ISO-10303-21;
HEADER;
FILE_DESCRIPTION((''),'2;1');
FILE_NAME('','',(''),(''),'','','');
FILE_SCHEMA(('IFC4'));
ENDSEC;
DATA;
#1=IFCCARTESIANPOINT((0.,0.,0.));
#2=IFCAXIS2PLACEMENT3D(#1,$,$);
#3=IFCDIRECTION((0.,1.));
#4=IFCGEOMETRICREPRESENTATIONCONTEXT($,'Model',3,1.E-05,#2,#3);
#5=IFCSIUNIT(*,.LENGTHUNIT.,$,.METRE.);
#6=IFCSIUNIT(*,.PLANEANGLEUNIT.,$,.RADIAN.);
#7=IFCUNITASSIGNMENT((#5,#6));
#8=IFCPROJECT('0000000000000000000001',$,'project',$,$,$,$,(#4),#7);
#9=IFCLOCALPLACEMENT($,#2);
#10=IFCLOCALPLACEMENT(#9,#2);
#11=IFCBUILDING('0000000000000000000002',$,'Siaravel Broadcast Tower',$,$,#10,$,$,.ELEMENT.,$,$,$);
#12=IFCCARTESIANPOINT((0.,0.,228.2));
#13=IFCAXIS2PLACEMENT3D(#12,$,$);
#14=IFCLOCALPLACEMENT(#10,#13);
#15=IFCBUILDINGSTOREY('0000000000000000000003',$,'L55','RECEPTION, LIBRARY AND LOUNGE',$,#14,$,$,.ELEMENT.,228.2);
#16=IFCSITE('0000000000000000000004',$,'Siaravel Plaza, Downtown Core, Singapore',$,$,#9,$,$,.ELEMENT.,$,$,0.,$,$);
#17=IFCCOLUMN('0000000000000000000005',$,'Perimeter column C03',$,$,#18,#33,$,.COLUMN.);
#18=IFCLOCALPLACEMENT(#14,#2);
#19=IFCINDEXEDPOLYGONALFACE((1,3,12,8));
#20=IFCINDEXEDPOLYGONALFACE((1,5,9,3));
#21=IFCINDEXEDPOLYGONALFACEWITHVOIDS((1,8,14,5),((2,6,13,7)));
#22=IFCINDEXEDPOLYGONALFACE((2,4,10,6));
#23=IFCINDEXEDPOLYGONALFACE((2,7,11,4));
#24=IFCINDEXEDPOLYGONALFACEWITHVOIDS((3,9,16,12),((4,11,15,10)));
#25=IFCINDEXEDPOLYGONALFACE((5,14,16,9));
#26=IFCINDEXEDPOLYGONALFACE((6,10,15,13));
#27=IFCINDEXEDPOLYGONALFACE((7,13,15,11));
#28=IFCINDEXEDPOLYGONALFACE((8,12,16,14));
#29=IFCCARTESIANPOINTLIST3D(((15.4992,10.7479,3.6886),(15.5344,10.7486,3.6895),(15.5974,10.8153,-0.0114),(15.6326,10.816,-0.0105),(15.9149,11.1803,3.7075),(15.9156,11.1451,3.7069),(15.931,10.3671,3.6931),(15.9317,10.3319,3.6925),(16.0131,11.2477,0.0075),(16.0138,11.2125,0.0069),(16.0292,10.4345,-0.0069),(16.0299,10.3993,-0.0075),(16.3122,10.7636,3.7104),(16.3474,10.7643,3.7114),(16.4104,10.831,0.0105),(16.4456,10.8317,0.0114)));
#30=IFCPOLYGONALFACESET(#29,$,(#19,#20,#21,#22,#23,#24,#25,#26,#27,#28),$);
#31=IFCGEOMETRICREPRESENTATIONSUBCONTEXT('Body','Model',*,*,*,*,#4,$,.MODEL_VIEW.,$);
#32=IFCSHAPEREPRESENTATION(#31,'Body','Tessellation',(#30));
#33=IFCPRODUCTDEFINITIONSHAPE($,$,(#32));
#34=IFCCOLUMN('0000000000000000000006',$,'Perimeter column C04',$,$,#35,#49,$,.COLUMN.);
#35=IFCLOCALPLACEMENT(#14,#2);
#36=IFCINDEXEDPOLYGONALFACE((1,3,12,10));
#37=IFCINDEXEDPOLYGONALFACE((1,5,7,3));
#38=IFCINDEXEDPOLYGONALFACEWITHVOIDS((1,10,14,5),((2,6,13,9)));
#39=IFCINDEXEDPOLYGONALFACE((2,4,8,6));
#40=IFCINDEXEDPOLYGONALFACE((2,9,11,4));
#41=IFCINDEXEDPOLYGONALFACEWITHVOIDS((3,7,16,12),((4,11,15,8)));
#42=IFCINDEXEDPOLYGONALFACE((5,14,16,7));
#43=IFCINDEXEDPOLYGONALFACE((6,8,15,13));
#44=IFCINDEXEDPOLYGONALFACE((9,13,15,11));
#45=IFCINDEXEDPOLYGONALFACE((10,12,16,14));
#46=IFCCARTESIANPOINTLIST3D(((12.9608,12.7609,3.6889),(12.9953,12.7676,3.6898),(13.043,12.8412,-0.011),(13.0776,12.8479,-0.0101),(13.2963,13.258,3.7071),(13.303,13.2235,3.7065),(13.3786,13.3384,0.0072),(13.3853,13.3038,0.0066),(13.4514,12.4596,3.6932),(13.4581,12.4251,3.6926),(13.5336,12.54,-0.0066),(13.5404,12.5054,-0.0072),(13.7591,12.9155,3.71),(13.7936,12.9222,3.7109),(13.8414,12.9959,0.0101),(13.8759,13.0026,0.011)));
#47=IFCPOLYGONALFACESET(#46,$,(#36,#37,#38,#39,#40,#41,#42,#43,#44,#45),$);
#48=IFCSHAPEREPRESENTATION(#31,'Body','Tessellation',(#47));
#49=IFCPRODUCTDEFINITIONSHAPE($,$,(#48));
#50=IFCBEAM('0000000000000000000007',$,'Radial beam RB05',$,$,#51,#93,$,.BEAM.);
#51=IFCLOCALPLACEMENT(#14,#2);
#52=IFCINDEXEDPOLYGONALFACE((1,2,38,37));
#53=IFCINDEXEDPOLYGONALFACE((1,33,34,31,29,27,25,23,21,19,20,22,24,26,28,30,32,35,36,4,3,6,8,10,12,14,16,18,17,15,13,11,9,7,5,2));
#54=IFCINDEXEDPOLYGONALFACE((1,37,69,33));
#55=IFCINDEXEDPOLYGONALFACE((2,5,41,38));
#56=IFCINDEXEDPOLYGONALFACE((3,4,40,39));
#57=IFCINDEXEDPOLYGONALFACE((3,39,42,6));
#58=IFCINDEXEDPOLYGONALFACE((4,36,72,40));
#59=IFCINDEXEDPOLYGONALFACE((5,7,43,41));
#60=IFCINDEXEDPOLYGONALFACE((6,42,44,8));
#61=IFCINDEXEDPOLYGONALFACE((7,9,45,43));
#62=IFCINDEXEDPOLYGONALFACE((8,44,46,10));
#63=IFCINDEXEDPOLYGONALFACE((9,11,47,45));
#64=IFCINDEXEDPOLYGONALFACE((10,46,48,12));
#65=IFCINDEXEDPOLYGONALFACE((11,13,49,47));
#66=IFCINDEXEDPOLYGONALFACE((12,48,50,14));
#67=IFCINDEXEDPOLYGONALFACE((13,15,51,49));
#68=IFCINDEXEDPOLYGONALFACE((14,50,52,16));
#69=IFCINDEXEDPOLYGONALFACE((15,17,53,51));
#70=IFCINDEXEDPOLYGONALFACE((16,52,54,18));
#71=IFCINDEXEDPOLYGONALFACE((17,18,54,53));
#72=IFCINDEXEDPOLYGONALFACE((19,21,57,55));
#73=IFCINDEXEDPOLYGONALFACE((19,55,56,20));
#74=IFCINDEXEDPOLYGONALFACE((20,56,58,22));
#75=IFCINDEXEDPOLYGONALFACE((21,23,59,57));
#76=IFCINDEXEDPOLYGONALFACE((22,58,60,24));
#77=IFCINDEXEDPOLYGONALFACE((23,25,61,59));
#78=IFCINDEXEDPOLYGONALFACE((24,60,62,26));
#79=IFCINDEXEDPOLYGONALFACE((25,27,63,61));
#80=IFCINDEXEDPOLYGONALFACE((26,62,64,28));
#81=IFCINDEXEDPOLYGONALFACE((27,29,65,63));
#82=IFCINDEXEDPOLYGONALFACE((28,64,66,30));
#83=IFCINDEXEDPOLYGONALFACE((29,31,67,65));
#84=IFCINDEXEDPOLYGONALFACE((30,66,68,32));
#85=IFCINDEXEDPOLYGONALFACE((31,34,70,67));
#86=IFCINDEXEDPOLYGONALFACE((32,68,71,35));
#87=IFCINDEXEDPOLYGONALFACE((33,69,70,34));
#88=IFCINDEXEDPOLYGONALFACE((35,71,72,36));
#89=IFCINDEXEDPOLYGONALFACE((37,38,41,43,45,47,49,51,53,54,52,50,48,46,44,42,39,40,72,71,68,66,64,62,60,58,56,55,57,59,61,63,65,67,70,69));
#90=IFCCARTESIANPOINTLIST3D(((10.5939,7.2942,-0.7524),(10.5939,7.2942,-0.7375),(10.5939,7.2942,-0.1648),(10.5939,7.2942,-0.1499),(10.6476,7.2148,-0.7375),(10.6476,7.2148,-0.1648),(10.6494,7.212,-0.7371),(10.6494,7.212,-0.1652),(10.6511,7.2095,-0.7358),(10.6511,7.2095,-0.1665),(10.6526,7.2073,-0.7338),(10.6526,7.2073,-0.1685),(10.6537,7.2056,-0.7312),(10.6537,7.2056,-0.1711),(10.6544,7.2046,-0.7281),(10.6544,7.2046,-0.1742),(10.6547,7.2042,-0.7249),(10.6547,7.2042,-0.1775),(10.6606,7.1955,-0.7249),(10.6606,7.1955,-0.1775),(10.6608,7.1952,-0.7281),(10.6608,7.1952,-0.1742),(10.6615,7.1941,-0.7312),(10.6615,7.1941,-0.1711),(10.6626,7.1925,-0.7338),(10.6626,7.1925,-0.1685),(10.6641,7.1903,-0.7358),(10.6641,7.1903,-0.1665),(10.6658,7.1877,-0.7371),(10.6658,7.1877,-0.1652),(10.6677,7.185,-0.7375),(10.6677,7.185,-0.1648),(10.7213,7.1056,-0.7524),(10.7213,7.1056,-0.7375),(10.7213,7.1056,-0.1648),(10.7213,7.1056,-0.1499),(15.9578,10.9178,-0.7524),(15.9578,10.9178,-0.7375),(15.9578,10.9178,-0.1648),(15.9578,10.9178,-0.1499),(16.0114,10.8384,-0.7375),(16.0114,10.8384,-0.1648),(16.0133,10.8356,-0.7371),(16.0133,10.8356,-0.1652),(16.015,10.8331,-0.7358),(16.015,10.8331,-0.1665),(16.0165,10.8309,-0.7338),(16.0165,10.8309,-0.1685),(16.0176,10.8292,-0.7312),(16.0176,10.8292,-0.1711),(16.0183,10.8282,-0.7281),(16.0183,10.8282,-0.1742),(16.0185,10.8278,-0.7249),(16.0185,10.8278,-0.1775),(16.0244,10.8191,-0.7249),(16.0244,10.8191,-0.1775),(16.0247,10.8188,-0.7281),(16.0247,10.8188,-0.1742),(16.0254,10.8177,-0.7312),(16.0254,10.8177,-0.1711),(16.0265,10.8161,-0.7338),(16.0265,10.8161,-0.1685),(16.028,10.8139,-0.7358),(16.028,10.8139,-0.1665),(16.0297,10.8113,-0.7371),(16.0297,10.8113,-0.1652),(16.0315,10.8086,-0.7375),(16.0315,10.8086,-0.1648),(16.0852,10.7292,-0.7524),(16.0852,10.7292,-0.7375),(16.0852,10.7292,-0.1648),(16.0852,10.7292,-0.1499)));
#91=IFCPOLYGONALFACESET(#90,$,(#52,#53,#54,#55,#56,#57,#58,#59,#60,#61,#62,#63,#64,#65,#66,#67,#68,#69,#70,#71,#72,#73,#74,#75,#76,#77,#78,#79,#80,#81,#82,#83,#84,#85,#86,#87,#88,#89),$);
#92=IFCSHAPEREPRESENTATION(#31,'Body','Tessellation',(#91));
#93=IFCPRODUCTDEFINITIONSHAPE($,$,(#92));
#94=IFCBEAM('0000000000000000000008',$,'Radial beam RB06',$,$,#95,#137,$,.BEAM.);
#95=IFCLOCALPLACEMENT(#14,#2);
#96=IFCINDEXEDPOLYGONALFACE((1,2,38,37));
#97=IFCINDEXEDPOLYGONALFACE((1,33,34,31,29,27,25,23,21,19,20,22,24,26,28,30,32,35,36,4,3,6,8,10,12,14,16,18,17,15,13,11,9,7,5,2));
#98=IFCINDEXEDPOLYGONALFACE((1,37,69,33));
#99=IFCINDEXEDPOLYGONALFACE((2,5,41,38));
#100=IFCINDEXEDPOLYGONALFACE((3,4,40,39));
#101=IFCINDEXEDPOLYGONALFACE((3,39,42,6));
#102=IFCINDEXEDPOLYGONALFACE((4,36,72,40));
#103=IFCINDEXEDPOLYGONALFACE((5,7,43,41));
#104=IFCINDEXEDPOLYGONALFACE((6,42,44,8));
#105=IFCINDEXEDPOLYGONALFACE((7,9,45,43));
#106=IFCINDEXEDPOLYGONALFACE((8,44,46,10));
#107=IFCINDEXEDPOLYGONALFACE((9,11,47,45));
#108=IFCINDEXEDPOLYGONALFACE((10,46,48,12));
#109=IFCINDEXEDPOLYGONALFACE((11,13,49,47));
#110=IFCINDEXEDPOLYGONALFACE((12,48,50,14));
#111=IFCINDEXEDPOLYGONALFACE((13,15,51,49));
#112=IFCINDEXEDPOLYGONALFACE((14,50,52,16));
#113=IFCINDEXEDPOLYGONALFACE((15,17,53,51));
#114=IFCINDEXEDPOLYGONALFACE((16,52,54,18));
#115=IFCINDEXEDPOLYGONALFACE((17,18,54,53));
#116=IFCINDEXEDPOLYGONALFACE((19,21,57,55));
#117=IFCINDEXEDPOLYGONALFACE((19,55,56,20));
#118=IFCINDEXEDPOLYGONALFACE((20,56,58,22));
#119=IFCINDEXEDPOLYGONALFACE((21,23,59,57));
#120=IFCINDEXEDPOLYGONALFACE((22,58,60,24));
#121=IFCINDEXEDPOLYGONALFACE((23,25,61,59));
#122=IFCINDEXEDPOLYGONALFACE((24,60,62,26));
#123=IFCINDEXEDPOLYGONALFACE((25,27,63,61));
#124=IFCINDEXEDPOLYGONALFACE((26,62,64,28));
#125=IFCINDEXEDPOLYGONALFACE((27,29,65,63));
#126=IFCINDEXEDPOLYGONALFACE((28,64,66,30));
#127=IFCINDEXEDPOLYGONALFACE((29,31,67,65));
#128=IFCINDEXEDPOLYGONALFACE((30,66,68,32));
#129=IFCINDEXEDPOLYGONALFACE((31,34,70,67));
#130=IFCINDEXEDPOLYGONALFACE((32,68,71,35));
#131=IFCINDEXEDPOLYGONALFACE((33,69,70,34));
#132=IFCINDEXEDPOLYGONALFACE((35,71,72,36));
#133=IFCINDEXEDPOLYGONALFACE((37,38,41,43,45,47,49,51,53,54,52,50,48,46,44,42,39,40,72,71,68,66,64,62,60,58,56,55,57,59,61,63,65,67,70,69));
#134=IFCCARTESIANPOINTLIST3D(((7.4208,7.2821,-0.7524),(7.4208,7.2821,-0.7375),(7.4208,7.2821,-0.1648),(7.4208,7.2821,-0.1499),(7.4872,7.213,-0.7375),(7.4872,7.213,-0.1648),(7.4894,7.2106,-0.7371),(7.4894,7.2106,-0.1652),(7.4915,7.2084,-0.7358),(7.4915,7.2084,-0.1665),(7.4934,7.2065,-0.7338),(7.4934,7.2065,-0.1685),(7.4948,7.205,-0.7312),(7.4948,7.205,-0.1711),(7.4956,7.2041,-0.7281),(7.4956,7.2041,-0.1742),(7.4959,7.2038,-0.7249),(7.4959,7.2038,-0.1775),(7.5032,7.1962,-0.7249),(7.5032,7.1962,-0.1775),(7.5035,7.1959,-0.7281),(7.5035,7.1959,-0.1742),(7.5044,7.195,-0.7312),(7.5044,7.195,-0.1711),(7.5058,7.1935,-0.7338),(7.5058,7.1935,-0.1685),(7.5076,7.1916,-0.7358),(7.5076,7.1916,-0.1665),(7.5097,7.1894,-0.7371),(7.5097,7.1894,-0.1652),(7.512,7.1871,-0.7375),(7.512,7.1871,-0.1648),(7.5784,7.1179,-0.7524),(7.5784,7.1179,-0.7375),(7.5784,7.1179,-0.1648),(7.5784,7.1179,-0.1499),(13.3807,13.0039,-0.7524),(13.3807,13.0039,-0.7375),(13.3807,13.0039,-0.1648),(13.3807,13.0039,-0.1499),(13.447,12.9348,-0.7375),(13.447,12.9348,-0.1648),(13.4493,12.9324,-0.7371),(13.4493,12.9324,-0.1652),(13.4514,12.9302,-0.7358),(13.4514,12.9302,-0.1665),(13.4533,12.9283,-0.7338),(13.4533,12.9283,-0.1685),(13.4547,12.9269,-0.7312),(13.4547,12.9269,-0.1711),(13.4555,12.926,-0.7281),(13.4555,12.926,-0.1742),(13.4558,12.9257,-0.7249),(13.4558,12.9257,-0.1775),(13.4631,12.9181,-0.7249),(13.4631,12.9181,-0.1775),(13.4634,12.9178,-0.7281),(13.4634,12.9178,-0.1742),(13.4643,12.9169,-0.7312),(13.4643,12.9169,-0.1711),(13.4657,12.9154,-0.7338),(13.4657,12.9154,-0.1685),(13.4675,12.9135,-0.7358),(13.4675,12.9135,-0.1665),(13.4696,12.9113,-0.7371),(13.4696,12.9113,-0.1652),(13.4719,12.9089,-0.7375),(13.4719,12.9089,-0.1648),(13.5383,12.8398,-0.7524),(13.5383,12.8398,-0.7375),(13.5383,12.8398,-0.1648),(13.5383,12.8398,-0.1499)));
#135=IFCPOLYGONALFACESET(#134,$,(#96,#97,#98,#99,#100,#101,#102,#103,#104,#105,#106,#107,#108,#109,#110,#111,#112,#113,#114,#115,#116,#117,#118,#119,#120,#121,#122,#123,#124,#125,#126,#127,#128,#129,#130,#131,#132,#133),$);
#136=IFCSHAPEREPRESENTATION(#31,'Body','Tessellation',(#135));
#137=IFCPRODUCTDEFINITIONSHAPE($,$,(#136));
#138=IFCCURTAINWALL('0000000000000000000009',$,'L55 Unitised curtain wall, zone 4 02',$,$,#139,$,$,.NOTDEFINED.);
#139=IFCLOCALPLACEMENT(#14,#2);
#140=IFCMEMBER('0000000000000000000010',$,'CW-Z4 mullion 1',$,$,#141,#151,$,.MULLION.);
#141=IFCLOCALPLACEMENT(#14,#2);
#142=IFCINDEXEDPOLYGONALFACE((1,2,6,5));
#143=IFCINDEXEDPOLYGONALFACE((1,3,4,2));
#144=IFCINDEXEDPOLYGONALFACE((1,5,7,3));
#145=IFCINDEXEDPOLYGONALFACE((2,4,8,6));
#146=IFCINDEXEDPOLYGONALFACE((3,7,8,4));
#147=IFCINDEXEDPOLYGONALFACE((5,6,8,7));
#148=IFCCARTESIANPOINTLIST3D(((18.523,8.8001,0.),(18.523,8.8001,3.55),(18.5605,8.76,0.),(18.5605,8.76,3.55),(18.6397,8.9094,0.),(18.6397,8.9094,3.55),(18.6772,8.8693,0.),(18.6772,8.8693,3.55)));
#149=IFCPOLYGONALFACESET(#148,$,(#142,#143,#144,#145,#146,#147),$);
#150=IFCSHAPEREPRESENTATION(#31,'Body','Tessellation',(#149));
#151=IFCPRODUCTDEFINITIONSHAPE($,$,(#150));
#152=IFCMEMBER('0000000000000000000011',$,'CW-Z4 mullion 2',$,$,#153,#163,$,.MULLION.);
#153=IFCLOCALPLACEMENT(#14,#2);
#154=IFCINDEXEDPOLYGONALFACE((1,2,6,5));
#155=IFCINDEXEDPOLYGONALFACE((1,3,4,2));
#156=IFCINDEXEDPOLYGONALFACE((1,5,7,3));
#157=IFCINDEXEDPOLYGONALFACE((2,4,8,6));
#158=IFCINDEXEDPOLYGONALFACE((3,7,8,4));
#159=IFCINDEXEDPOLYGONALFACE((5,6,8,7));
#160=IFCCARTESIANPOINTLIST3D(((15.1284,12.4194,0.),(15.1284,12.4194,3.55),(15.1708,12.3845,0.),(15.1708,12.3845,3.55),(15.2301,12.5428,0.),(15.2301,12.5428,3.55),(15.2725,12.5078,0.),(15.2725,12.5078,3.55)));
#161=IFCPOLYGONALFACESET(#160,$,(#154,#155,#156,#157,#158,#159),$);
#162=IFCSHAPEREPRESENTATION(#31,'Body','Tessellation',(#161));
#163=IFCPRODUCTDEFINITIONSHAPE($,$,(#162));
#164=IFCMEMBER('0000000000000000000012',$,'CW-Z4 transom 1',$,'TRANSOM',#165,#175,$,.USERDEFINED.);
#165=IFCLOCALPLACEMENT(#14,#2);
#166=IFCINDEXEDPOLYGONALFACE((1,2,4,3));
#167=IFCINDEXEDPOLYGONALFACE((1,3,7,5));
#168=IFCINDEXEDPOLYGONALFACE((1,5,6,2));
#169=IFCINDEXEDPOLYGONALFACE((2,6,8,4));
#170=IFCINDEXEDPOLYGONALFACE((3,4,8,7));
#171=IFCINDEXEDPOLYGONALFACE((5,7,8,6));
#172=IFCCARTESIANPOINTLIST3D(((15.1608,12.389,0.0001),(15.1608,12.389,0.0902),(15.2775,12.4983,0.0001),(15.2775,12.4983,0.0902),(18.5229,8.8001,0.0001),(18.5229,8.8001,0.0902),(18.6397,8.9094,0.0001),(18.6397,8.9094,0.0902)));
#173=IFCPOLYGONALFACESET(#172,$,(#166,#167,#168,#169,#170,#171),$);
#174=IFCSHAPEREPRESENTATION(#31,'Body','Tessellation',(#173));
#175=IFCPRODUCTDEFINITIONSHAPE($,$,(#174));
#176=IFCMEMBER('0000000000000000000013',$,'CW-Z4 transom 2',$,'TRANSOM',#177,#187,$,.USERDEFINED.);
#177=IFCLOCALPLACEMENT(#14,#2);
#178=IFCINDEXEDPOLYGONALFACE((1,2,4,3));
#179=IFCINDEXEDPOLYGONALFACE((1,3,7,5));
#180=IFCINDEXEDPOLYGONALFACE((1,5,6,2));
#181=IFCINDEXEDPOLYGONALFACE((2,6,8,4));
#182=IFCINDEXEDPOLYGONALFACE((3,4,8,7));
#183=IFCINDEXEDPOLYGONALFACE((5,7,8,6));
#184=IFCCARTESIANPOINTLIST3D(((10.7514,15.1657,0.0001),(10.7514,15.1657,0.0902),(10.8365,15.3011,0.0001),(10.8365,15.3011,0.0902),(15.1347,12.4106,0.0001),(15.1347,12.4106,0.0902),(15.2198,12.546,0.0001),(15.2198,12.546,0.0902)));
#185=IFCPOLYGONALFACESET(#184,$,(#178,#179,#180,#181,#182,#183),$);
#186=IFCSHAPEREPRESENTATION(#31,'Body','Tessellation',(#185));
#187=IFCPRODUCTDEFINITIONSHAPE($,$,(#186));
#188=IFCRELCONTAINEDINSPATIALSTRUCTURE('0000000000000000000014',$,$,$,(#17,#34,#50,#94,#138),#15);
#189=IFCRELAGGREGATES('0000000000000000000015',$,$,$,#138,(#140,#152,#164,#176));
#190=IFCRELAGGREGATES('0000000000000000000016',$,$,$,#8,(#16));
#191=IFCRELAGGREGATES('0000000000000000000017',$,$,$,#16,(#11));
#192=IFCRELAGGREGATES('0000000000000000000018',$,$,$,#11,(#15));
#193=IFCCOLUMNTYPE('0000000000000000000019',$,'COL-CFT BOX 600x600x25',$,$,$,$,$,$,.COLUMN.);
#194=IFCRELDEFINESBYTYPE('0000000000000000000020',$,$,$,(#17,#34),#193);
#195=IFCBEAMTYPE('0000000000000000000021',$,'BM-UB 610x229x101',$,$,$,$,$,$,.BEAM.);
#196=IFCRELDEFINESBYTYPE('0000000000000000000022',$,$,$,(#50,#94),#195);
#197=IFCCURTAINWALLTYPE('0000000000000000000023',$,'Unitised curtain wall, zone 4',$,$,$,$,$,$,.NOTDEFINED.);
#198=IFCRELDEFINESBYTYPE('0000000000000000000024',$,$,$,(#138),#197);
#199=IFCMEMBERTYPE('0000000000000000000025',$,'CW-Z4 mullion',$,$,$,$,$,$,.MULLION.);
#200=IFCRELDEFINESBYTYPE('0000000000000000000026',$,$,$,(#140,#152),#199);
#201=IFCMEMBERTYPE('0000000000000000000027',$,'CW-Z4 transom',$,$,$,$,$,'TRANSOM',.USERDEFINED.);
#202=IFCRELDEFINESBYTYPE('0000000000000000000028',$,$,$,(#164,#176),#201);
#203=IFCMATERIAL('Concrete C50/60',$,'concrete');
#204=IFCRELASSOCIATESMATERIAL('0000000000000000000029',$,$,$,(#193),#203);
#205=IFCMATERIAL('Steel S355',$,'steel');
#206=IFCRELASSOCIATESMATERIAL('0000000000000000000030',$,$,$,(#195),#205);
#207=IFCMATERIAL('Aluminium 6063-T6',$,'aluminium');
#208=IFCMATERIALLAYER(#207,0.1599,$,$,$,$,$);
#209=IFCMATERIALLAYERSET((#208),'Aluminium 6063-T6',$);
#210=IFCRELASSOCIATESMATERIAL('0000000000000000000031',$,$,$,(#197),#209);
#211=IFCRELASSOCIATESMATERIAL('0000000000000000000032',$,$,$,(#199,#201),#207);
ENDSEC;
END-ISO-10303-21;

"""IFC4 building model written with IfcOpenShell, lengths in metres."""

from ifc_helpers import new_model, si_unit, direction, frame, origin, origin_2d, place, context, subcontext, project, spatial, rectangle, hollow_rectangle, i_section, extrude, material, layer, layer_set, material_profile, profile_set, type_object, element, aggregate, save


model = new_model("IFC4")

# Units and contexts
model_context = context("Model", 3, precision=1e-05, world=origin(), true_north=direction((0.0, 1.0)))
body_context = subcontext(model_context, "Body", "Model", "MODEL_VIEW")
ifc_project = project(units=[si_unit("LENGTHUNIT", "METRE"), si_unit("PLANEANGLEUNIT", "RADIAN")], contexts=[model_context])

# Site, building, storey
site_placement = place(None, origin())
site = spatial("IfcSite", under=ifc_project, at=site_placement, Name="Siaravel Plaza, Downtown Core, Singapore", CompositionType="ELEMENT", RefElevation=0.0)
building_placement = place(site_placement, origin())
building = spatial("IfcBuilding", under=site, at=building_placement, Name="Siaravel Broadcast Tower", CompositionType="ELEMENT")
storey_placement = place(building_placement, frame((0.0, 0.0, 228.2)))
storey = spatial("IfcBuildingStorey", under=building, at=storey_placement, Name="L55", Description="RECEPTION, LIBRARY AND LOUNGE", CompositionType="ELEMENT", Elevation=228.2)

# Columns
ifc_material_1 = material(Name="Concrete C50/60", Category="concrete")
ifc_material_profile_1 = material_profile(ifc_material_1, hollow_rectangle(XDim=0.6001, YDim=0.6001, WallThickness=0.0249, at=origin_2d()))
ifc_profile_set_1 = profile_set([ifc_material_profile_1], Name="Concrete C50/60")
column_type = type_object("IfcColumnType", Name="COL-CFT BOX 600x600x25", PredefinedType="COLUMN", material=ifc_profile_set_1)
column_1_placement = place(storey_placement, frame((16.0215, 10.8235, 0.0), z_axis=(-0.026512, -0.018202, 0.999483), x_axis=(0.720722, -0.693194, 0.006493)))
element("IfcColumn", 1, at=column_1_placement, inside=storey, type_object=column_type, Name="Perimeter column C03", PredefinedType="COLUMN", context=body_context, shape_type="SweptSolid", body=[
    extrude(hollow_rectangle(XDim=0.6001, YDim=0.6001, WallThickness=0.0249, at=origin_2d()), origin(), (0.0, 0.0, 1.0), 3.7019),
])
column_2_placement = place(storey_placement, frame((13.4595, 12.9219, 0.0), z_axis=(-0.022226, -0.021699, 0.999517), x_axis=(0.828751, -0.559582, 0.006281)))
element("IfcColumn", 2, at=column_2_placement, inside=storey, type_object=column_type, Name="Perimeter column C04", PredefinedType="COLUMN", context=body_context, shape_type="SweptSolid", body=[
    extrude(hollow_rectangle(XDim=0.6001, YDim=0.6001, WallThickness=0.0249, at=origin_2d()), origin(), (0.0, 0.0, 1.0), 3.7017),
])

# Beams
ifc_material_2 = material(Name="Steel S355", Category="steel")
ifc_material_profile_2 = material_profile(ifc_material_2, i_section(OverallWidth=0.2275, OverallDepth=0.6025, WebThickness=0.0105, FlangeThickness=0.0149, FilletRadius=0.0127, at=origin_2d()))
ifc_profile_set_2 = profile_set([ifc_material_profile_2], Name="Steel S355")
beam_type = type_object("IfcBeamType", Name="BM-UB 610x229x101", PredefinedType="BEAM", material=ifc_profile_set_2)
beam_1_placement = place(storey_placement, frame((16.0215, 10.8235, -0.4512), z_axis=(-0.828634, -0.55979, 0.0), x_axis=(0.55979, -0.828634, 0.0)))
element("IfcBeam", 3, at=beam_1_placement, inside=storey, type_object=beam_type, Name="Radial beam RB05", PredefinedType="BEAM", context=body_context, shape_type="SweptSolid", body=[
    extrude(i_section(OverallWidth=0.2275, OverallDepth=0.6025, WebThickness=0.0105, FlangeThickness=0.0149, FilletRadius=0.0127, at=origin_2d()), origin(), (0.0, 0.0, 1.0), 6.4731),
])
beam_2_placement = place(storey_placement, frame((13.4595, 12.9219, -0.4512), z_axis=(-0.721365, -0.692555, 0.0), x_axis=(0.692555, -0.721365, 0.0)))
element("IfcBeam", 4, at=beam_2_placement, inside=storey, type_object=beam_type, Name="Radial beam RB06", PredefinedType="BEAM", context=body_context, shape_type="SweptSolid", body=[
    extrude(i_section(OverallWidth=0.2275, OverallDepth=0.6025, WebThickness=0.0105, FlangeThickness=0.0149, FilletRadius=0.0127, at=origin_2d()), origin(), (0.0, 0.0, 1.0), 8.262),
])

# Curtain wall, members
ifc_material_3 = material(Name="Aluminium 6063-T6", Category="aluminium")
ifc_layer_1 = layer(ifc_material_3, 0.1599)
ifc_layer_set_1 = layer_set([ifc_layer_1], Name="Aluminium 6063-T6")
curtain_wall_type = type_object("IfcCurtainWallType", Name="Unitised curtain wall, zone 4", PredefinedType="NOTDEFINED", material=ifc_layer_set_1)
curtain_wall_placement = place(storey_placement, origin())
curtain_wall = element("IfcCurtainWall", 5, at=curtain_wall_placement, inside=storey, type_object=curtain_wall_type, Name="L55 Unitised curtain wall, zone 4 02", PredefinedType="NOTDEFINED")
ifc_material_profile_3 = material_profile(ifc_material_3, rectangle(XDim=0.1599, YDim=0.0549, at=origin_2d()))
ifc_profile_set_3 = profile_set([ifc_material_profile_3], Name="Aluminium 6063-T6")
member_type_1 = type_object("IfcMemberType", Name="CW-Z4 mullion", PredefinedType="MULLION", material=ifc_profile_set_3)
member_1_placement = place(storey_placement, frame((18.6001, 8.8347, 0.0), z_axis=(0.0, 0.0, 1.0), x_axis=(-0.729806, -0.683654, 0.0)))
member_1 = element("IfcMember", 6, at=member_1_placement, type_object=member_type_1, Name="CW-Z4 mullion 1", PredefinedType="MULLION", context=body_context, shape_type="SweptSolid", body=[
    extrude(rectangle(XDim=0.1599, YDim=0.0549, at=origin_2d()), origin(), (0.0, 0.0, 1.0), 3.55),
])
member_2_placement = place(storey_placement, frame((15.2004, 12.4636, 0.0), z_axis=(0.0, 0.0, 1.0), x_axis=(-0.63622, -0.771508, 0.0)))
member_2 = element("IfcMember", 7, at=member_2_placement, type_object=member_type_1, Name="CW-Z4 mullion 2", PredefinedType="MULLION", context=body_context, shape_type="SweptSolid", body=[
    extrude(rectangle(XDim=0.1599, YDim=0.0549, at=origin_2d()), origin(), (0.0, 0.0, 1.0), 3.55),
])
ifc_material_profile_4 = material_profile(ifc_material_3, rectangle(XDim=0.1599, YDim=0.0901, at=origin_2d()))
ifc_profile_set_4 = profile_set([ifc_material_profile_4], Name="Aluminium 6063-T6")
member_type_2 = type_object("IfcMemberType", Name="CW-Z4 transom", ElementType="TRANSOM", PredefinedType="USERDEFINED", material=ifc_profile_set_4)
member_3_placement = place(storey_placement, frame((18.5813, 8.8547, 0.0452), z_axis=(-0.68367, 0.729791, 0.0), x_axis=(-0.729791, -0.68367, 0.0)))
member_3 = element("IfcMember", 8, at=member_3_placement, type_object=member_type_2, Name="CW-Z4 transom 1", ObjectType="TRANSOM", PredefinedType="USERDEFINED", context=body_context, shape_type="SweptSolid", body=[
    extrude(rectangle(XDim=0.1599, YDim=0.0901, at=origin_2d()), origin(), (0.0, 0.0, 1.0), 4.9177),
])
member_4_placement = place(storey_placement, frame((15.1772, 12.4783, 0.0452), z_axis=(-0.846644, 0.532159, 0.0), x_axis=(-0.532159, -0.846644, 0.0)))
member_4 = element("IfcMember", 9, at=member_4_placement, type_object=member_type_2, Name="CW-Z4 transom 2", ObjectType="TRANSOM", PredefinedType="USERDEFINED", context=body_context, shape_type="SweptSolid", body=[
    extrude(rectangle(XDim=0.1599, YDim=0.0901, at=origin_2d()), origin(), (0.0, 0.0, 1.0), 5.1772),
])

aggregate(curtain_wall, [member_1, member_2, member_3, member_4])

save(model, "model.ifc")
